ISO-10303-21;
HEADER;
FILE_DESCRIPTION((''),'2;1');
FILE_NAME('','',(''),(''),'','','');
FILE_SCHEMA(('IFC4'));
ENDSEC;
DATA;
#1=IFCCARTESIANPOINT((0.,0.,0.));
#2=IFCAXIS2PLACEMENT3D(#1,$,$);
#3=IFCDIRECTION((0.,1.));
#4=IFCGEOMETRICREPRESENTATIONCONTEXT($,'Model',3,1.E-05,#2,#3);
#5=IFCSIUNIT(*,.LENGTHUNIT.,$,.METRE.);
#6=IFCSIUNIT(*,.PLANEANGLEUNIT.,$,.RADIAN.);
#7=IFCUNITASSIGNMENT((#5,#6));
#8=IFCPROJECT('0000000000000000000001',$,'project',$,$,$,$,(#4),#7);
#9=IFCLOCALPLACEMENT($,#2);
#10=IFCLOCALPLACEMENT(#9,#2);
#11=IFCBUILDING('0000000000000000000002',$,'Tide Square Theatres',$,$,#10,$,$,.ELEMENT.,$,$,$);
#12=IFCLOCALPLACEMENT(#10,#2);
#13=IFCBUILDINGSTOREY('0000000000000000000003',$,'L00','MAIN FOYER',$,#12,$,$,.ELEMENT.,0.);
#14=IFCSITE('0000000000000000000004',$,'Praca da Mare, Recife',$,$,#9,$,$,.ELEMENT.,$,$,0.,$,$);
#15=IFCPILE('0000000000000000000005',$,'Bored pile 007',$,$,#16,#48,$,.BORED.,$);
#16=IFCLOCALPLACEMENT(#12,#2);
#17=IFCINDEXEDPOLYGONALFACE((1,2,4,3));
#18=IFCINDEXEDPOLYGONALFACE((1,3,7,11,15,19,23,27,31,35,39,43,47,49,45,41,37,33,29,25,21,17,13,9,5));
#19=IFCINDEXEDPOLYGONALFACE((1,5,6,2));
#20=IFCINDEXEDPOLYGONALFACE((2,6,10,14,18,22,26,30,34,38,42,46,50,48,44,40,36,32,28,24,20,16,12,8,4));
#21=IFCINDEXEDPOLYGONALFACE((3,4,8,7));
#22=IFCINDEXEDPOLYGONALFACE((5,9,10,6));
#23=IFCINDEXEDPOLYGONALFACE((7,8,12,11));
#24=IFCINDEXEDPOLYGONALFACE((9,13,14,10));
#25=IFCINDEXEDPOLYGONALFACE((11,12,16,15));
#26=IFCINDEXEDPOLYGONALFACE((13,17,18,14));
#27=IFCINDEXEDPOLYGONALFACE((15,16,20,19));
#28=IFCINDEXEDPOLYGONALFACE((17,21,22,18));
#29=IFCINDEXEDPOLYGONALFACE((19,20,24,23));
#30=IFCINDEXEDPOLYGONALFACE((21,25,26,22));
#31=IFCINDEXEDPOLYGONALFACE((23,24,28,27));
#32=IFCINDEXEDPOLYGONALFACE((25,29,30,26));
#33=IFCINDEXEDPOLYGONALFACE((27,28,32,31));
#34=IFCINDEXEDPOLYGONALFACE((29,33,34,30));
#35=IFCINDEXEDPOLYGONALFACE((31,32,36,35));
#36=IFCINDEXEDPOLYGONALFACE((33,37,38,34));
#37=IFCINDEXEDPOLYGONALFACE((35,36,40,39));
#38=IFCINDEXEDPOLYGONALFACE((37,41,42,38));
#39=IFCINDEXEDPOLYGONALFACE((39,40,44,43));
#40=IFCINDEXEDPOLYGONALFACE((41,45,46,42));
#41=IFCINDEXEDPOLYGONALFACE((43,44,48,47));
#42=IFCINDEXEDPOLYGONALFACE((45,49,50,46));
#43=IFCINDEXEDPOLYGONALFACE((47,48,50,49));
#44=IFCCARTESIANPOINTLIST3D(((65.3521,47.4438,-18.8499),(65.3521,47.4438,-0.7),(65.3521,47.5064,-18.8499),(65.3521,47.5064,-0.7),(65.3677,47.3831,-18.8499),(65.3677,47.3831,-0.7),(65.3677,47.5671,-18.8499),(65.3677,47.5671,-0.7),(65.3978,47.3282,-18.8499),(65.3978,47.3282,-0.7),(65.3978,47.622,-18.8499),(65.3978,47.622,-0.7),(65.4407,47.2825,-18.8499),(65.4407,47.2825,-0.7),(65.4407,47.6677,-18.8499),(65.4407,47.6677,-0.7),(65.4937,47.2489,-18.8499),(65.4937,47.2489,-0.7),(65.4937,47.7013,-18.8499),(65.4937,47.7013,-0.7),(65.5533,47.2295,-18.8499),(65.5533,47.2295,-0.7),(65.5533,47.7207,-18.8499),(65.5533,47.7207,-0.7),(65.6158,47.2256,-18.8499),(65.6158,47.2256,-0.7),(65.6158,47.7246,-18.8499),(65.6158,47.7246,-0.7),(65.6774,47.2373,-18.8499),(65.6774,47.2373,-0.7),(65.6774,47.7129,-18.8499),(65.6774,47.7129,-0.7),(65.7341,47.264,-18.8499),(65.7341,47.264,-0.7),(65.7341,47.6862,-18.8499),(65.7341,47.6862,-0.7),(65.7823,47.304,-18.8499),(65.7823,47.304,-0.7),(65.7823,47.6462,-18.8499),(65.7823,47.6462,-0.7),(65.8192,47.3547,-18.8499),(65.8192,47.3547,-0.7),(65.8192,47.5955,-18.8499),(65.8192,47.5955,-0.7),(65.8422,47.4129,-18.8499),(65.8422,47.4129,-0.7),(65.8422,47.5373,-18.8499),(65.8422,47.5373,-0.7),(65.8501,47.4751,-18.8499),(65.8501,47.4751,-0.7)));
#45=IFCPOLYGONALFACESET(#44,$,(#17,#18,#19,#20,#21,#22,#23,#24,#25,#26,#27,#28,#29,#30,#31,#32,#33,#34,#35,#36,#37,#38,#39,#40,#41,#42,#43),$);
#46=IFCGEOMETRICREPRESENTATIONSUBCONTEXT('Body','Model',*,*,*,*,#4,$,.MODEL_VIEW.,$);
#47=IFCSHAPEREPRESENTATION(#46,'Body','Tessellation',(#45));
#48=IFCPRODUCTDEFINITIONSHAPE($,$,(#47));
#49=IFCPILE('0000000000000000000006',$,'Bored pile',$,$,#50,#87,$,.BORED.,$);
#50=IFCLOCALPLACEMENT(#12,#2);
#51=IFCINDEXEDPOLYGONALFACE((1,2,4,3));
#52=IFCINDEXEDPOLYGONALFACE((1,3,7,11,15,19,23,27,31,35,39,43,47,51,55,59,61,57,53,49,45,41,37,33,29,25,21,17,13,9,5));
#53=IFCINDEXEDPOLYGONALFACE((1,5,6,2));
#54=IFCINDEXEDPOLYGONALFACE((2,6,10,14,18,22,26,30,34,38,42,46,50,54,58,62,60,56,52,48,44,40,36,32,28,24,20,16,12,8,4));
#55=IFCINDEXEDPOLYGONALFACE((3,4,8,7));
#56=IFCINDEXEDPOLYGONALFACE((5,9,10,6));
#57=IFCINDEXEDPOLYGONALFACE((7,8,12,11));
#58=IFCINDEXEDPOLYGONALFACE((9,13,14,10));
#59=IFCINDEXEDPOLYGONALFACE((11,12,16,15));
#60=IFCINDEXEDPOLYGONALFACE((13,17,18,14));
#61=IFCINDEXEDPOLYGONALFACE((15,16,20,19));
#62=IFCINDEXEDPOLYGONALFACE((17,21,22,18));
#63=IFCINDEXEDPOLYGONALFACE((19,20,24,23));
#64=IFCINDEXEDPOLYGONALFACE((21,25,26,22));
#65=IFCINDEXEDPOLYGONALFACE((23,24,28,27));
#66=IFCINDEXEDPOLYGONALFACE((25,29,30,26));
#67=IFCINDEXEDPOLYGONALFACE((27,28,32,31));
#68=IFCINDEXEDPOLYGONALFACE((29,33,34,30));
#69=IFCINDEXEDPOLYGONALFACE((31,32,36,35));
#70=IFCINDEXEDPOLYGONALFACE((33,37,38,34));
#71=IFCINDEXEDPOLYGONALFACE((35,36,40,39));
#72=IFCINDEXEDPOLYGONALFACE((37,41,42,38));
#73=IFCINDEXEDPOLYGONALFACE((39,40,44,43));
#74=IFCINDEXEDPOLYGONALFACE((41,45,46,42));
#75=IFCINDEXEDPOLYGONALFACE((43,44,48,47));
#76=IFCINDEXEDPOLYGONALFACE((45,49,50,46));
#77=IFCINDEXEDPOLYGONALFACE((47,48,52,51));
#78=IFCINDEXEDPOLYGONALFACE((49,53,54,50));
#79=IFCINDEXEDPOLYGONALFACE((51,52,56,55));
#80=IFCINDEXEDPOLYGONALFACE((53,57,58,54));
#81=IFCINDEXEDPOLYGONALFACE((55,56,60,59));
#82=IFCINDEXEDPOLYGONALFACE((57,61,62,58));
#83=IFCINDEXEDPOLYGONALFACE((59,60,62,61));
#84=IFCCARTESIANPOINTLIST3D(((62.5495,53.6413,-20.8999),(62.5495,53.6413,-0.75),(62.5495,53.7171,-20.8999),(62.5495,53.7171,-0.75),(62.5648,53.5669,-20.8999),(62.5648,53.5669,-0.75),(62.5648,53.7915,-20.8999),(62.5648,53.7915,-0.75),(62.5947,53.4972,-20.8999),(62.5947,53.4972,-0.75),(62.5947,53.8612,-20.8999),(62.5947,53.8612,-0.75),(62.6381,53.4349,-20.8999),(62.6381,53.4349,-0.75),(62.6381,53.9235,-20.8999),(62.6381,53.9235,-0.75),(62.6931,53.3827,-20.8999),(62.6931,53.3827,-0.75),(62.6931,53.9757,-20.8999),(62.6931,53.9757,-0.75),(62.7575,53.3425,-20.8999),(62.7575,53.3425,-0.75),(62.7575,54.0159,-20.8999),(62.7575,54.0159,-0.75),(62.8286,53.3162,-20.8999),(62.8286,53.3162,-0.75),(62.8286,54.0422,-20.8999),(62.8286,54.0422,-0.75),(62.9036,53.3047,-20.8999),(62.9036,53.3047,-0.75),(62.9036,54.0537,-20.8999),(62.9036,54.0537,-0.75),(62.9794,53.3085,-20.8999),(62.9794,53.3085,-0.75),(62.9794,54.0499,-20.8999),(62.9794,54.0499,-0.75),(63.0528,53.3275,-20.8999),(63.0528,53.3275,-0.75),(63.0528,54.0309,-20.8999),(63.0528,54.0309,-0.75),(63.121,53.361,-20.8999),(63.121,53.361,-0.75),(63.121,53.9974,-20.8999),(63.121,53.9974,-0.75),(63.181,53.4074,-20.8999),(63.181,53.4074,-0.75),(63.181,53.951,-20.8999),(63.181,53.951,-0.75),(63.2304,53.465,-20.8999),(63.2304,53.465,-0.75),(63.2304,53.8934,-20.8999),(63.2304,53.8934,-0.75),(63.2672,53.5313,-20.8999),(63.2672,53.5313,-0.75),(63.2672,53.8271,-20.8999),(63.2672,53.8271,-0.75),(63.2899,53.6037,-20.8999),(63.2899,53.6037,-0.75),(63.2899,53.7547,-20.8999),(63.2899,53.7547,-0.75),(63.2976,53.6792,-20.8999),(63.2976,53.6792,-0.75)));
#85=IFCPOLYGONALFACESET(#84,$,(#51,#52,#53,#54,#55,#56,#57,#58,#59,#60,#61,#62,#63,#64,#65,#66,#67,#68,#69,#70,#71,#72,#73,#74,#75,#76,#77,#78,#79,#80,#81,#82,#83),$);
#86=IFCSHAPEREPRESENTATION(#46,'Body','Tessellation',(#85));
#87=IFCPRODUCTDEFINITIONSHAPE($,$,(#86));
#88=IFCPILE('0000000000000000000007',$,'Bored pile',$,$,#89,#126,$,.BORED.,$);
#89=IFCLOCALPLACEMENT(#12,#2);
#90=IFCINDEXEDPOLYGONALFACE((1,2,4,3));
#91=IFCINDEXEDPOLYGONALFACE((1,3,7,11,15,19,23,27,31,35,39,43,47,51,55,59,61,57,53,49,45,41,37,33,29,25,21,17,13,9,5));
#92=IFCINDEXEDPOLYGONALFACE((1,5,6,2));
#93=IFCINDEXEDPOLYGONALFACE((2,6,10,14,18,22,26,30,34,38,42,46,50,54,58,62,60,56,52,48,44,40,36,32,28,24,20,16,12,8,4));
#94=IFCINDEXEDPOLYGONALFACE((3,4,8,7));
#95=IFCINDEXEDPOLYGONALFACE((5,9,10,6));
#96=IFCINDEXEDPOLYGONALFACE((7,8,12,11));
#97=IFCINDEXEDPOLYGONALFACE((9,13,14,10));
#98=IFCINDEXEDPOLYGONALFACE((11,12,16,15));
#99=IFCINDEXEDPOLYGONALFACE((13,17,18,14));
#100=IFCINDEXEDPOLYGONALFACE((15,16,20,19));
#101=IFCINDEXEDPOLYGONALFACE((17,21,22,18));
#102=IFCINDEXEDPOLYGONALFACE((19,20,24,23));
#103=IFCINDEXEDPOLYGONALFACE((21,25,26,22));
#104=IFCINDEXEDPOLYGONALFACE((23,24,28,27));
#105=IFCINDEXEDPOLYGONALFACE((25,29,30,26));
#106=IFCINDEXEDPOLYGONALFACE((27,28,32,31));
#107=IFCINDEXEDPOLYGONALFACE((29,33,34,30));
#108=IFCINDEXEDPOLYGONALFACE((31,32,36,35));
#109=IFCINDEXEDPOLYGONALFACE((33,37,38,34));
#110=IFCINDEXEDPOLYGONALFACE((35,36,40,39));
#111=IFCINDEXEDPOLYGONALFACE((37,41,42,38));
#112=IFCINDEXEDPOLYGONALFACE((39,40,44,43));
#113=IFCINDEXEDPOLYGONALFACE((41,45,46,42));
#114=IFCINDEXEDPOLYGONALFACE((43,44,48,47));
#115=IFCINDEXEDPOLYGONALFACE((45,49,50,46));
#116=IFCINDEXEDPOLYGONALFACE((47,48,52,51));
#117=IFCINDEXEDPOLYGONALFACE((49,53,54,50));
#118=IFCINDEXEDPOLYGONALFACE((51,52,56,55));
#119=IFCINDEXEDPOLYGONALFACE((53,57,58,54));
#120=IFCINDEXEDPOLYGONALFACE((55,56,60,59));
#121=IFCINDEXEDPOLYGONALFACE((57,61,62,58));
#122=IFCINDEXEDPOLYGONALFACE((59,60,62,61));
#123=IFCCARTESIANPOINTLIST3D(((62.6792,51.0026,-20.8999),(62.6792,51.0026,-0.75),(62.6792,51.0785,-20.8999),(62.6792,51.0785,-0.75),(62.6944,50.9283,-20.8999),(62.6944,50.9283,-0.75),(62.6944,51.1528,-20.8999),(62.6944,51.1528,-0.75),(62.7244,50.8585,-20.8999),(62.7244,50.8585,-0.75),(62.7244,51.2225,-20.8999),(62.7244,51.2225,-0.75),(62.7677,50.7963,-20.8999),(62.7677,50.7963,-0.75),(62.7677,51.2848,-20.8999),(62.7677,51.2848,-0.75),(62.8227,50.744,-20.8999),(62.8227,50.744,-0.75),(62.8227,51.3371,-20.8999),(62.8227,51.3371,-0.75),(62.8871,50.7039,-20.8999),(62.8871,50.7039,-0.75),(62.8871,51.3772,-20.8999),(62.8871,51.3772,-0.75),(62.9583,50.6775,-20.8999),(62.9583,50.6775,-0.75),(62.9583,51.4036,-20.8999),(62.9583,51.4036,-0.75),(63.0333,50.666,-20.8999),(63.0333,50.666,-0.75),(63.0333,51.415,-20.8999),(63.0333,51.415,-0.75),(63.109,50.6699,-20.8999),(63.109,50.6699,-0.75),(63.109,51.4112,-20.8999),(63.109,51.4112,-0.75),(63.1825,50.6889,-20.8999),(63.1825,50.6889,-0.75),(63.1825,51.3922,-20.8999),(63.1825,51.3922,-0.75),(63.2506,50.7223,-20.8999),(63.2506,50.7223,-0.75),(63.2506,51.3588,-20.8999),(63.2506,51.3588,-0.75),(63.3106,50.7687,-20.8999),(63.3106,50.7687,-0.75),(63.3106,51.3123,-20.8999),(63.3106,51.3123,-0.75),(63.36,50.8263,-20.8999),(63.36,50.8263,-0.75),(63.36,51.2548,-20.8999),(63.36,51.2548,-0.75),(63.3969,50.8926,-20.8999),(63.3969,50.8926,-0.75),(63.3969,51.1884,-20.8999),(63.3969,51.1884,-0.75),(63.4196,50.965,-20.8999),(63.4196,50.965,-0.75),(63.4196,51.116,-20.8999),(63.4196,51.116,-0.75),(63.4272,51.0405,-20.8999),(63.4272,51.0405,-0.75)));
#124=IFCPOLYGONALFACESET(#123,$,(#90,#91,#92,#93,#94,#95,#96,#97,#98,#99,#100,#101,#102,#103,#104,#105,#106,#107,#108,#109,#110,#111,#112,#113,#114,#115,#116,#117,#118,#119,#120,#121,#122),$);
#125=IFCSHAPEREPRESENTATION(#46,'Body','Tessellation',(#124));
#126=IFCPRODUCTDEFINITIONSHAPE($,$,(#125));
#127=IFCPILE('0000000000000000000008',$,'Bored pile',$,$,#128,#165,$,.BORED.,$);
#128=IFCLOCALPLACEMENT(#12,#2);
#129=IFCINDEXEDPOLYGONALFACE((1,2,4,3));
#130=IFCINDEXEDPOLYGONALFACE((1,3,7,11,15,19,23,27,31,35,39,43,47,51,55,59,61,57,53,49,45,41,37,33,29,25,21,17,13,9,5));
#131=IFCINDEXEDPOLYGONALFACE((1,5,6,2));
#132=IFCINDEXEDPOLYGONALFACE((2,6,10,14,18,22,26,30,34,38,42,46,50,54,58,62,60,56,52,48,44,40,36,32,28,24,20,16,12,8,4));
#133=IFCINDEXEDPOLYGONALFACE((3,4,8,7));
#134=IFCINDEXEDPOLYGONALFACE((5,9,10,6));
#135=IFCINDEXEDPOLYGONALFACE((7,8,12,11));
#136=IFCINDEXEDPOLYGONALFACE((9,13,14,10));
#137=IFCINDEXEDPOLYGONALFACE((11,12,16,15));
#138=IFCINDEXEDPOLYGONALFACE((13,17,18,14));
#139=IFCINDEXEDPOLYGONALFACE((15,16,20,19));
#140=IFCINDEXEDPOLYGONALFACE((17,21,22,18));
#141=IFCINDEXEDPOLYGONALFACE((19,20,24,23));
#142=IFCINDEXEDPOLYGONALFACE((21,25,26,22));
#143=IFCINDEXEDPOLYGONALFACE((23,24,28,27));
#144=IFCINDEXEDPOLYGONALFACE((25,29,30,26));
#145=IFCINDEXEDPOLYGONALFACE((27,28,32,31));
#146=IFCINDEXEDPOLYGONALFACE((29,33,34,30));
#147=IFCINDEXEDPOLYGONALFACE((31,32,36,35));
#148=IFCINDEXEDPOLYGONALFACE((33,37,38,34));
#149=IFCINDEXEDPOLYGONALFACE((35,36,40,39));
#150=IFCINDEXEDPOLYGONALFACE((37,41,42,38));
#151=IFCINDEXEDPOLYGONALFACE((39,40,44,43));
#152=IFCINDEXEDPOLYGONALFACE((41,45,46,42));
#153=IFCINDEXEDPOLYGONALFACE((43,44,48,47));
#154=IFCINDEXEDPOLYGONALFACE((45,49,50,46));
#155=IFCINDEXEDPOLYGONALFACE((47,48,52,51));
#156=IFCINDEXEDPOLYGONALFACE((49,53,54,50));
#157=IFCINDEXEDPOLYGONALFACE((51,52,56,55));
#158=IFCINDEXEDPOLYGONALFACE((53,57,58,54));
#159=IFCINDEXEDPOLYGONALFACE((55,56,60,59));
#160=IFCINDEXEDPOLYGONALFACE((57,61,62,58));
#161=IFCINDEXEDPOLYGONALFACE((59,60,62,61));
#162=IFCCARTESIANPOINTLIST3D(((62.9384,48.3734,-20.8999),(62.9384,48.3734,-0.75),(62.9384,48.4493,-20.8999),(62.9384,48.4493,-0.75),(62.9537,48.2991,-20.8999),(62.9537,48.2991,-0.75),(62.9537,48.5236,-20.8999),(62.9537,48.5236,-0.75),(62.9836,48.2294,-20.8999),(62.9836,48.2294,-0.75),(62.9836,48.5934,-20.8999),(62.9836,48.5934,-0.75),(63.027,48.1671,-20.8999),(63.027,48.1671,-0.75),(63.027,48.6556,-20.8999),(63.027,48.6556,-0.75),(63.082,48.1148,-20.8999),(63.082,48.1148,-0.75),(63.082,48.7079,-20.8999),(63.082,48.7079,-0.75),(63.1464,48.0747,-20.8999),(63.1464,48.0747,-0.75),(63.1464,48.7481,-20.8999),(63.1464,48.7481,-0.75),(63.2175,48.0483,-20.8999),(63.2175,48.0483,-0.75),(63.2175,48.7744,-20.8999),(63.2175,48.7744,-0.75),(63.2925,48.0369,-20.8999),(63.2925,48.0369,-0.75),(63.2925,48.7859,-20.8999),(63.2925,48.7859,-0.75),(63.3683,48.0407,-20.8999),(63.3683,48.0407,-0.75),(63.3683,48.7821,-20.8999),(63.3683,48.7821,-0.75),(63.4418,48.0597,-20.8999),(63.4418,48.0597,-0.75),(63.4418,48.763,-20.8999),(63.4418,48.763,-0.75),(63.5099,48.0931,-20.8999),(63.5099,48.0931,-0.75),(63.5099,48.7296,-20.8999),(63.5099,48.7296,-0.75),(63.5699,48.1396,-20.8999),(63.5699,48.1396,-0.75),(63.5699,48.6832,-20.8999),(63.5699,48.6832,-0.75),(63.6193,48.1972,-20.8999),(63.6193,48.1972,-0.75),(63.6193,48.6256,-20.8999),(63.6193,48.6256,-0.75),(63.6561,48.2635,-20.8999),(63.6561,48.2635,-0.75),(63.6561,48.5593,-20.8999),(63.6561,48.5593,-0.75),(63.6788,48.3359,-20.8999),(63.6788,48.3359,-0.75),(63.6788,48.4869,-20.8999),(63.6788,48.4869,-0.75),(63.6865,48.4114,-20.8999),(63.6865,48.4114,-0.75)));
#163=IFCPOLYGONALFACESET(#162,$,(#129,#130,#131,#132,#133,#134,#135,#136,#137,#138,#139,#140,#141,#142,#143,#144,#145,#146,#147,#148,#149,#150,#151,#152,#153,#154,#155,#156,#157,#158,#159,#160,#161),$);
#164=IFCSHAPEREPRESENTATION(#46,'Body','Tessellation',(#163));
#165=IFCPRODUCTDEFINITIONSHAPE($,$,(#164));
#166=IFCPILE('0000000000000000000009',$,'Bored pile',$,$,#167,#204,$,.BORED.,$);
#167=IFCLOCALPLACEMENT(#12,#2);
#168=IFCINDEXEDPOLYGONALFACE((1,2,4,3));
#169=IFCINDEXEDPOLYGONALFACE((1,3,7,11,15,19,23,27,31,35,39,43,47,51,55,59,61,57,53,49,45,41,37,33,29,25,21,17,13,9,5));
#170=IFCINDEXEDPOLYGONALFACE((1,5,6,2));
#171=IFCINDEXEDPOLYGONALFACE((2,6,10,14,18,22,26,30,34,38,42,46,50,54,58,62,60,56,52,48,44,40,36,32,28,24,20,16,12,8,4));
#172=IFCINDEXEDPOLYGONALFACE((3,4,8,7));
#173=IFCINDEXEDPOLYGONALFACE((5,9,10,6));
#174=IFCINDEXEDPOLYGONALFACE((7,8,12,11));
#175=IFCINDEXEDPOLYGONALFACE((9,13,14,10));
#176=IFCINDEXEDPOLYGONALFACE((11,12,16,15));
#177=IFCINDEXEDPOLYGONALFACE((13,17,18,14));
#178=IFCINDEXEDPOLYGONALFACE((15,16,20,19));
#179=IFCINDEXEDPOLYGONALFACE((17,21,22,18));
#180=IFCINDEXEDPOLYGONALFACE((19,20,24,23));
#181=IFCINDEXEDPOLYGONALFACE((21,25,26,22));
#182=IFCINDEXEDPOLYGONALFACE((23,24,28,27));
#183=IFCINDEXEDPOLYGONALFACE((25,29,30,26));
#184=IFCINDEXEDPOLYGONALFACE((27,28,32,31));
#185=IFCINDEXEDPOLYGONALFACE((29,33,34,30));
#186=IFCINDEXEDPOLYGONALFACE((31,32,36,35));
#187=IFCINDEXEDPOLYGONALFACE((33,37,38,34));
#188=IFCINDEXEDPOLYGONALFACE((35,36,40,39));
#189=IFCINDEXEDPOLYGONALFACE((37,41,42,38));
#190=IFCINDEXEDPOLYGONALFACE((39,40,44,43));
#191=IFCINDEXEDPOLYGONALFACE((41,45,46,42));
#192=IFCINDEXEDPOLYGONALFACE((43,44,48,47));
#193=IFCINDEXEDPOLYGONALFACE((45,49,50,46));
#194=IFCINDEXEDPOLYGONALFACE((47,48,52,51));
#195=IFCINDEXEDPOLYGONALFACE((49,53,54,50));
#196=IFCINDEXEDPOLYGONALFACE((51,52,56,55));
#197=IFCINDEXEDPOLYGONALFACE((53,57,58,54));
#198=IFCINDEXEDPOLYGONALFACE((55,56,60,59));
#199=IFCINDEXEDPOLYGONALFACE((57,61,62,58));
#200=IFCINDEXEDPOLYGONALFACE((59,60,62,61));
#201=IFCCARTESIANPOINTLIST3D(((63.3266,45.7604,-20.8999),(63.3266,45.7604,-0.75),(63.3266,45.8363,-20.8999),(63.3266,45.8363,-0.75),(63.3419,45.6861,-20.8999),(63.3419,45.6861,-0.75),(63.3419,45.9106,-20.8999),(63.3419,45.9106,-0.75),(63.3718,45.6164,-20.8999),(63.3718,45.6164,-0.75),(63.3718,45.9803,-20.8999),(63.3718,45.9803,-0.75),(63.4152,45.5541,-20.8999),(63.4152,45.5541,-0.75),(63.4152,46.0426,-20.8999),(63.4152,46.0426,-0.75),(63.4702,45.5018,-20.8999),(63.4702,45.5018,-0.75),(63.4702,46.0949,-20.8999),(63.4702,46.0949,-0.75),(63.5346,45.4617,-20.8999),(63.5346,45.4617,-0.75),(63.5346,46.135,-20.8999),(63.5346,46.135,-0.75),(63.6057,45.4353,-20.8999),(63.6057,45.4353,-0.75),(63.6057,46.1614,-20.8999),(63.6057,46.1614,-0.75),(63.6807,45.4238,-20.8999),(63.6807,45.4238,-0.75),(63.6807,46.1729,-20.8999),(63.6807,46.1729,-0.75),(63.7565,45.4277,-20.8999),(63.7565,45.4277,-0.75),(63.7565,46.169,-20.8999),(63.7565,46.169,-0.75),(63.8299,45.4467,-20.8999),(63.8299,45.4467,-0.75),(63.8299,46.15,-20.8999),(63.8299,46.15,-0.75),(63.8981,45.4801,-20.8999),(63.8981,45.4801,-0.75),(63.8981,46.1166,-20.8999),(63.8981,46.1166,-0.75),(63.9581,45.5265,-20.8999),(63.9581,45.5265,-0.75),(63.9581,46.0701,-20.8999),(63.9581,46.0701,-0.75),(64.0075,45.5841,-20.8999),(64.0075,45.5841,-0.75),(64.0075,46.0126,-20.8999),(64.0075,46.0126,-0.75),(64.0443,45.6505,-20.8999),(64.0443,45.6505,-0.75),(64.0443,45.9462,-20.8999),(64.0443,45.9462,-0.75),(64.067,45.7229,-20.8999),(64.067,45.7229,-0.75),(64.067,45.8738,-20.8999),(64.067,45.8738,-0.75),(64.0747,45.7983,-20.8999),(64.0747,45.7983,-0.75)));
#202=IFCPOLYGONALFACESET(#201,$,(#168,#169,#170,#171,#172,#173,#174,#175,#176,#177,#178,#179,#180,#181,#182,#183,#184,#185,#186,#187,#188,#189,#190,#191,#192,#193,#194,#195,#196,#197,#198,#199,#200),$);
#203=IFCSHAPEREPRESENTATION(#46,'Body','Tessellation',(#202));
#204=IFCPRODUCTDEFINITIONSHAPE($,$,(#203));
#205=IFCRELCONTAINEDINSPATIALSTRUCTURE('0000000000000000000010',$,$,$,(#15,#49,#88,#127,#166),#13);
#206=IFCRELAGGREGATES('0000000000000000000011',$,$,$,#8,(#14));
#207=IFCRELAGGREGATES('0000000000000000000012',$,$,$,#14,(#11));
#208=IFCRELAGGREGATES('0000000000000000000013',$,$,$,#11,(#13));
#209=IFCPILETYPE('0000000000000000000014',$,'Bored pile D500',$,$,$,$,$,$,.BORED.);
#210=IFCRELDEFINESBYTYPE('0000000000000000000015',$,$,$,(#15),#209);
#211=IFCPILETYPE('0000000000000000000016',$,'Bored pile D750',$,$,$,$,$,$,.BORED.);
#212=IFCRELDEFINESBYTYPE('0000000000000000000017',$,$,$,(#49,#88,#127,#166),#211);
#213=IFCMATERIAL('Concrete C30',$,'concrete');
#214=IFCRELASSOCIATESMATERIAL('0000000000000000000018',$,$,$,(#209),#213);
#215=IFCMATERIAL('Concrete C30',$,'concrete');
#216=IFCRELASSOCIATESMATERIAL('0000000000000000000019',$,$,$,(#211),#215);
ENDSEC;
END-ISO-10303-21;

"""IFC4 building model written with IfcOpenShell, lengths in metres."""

from ifc_helpers import new_model, si_unit, direction, frame, origin, origin_2d, place, context, subcontext, project, spatial, circle, extrude, material, material_profile, profile_set, type_object, element, save


model = new_model("IFC4")

# Units and contexts
model_context = context("Model", 3, precision=1e-05, world=origin(), true_north=direction((0.0, 1.0)))
body_context = subcontext(model_context, "Body", "Model", "MODEL_VIEW")
ifc_project = project(units=[si_unit("LENGTHUNIT", "METRE"), si_unit("PLANEANGLEUNIT", "RADIAN")], contexts=[model_context])

# Site, building, storey
site_placement = place(None, origin())
site = spatial("IfcSite", under=ifc_project, at=site_placement, Name="Praca da Mare, Recife", CompositionType="ELEMENT", RefElevation=0.0)
building_placement = place(site_placement, origin())
building = spatial("IfcBuilding", under=site, at=building_placement, Name="Tide Square Theatres", CompositionType="ELEMENT")
storey_placement = place(building_placement, origin())
storey = spatial("IfcBuildingStorey", under=building, at=storey_placement, Name="L00", Description="MAIN FOYER", CompositionType="ELEMENT", Elevation=0.0)

# Piles
ifc_material_1 = material(Name="Concrete C30", Category="concrete")
ifc_material_profile_1 = material_profile(ifc_material_1, circle(Radius=0.25, at=origin_2d()))
ifc_profile_set_1 = profile_set([ifc_material_profile_1], Name="Concrete C30")
pile_type_1 = type_object("IfcPileType", Name="Bored pile D500", PredefinedType="BORED", material=ifc_profile_set_1)
pile_placement = place(storey_placement, frame((65.6001, 47.4751, -0.7), z_axis=(0.0, 0.0, -1.0), x_axis=(1.0, 0.0, 0.0)))
element("IfcPile", 1, at=pile_placement, inside=storey, type_object=pile_type_1, Name="Bored pile 007", PredefinedType="BORED", context=body_context, shape_type="SweptSolid", body=[
    extrude(circle(Radius=0.25, at=origin_2d()), origin(), (0.0, 0.0, 1.0), 18.1499),
])
ifc_material_2 = material(Name="Concrete C30", Category="concrete")
ifc_material_profile_2 = material_profile(ifc_material_2, circle(Radius=0.375, at=origin_2d()))
ifc_profile_set_2 = profile_set([ifc_material_profile_2], Name="Concrete C30")
pile_type_2 = type_object("IfcPileType", Name="Bored pile D750", PredefinedType="BORED", material=ifc_profile_set_2)
for number, where, z_axis, x_axis, name in (
    (2, (62.9226, 53.6792, -0.75), (0.0, 0.0, -1.0), (1.0, 0.0, 0.0), "Bored pile"),
    (3, (63.0522, 51.0405, -0.75), (0.0, 0.0, -1.0), (1.0, 0.0, 0.0), "Bored pile"),
    (4, (63.3115, 48.4114, -0.75), (0.0, 0.0, -1.0), (1.0, 0.0, 0.0), "Bored pile"),
    (5, (63.6997, 45.7983, -0.75), (0.0, 0.0, -1.0), (1.0, 0.0, 0.0), "Bored pile"),
):
    element("IfcPile", number, at=place(storey_placement, frame(where, z_axis=z_axis, x_axis=x_axis)), inside=storey, type_object=pile_type_2, Name=name, PredefinedType="BORED", context=body_context, shape_type="SweptSolid", body=[
        extrude(circle(Radius=0.375, at=origin_2d()), origin(), (0.0, 0.0, 1.0), 20.1499),
    ])

save(model, "model.ifc")
